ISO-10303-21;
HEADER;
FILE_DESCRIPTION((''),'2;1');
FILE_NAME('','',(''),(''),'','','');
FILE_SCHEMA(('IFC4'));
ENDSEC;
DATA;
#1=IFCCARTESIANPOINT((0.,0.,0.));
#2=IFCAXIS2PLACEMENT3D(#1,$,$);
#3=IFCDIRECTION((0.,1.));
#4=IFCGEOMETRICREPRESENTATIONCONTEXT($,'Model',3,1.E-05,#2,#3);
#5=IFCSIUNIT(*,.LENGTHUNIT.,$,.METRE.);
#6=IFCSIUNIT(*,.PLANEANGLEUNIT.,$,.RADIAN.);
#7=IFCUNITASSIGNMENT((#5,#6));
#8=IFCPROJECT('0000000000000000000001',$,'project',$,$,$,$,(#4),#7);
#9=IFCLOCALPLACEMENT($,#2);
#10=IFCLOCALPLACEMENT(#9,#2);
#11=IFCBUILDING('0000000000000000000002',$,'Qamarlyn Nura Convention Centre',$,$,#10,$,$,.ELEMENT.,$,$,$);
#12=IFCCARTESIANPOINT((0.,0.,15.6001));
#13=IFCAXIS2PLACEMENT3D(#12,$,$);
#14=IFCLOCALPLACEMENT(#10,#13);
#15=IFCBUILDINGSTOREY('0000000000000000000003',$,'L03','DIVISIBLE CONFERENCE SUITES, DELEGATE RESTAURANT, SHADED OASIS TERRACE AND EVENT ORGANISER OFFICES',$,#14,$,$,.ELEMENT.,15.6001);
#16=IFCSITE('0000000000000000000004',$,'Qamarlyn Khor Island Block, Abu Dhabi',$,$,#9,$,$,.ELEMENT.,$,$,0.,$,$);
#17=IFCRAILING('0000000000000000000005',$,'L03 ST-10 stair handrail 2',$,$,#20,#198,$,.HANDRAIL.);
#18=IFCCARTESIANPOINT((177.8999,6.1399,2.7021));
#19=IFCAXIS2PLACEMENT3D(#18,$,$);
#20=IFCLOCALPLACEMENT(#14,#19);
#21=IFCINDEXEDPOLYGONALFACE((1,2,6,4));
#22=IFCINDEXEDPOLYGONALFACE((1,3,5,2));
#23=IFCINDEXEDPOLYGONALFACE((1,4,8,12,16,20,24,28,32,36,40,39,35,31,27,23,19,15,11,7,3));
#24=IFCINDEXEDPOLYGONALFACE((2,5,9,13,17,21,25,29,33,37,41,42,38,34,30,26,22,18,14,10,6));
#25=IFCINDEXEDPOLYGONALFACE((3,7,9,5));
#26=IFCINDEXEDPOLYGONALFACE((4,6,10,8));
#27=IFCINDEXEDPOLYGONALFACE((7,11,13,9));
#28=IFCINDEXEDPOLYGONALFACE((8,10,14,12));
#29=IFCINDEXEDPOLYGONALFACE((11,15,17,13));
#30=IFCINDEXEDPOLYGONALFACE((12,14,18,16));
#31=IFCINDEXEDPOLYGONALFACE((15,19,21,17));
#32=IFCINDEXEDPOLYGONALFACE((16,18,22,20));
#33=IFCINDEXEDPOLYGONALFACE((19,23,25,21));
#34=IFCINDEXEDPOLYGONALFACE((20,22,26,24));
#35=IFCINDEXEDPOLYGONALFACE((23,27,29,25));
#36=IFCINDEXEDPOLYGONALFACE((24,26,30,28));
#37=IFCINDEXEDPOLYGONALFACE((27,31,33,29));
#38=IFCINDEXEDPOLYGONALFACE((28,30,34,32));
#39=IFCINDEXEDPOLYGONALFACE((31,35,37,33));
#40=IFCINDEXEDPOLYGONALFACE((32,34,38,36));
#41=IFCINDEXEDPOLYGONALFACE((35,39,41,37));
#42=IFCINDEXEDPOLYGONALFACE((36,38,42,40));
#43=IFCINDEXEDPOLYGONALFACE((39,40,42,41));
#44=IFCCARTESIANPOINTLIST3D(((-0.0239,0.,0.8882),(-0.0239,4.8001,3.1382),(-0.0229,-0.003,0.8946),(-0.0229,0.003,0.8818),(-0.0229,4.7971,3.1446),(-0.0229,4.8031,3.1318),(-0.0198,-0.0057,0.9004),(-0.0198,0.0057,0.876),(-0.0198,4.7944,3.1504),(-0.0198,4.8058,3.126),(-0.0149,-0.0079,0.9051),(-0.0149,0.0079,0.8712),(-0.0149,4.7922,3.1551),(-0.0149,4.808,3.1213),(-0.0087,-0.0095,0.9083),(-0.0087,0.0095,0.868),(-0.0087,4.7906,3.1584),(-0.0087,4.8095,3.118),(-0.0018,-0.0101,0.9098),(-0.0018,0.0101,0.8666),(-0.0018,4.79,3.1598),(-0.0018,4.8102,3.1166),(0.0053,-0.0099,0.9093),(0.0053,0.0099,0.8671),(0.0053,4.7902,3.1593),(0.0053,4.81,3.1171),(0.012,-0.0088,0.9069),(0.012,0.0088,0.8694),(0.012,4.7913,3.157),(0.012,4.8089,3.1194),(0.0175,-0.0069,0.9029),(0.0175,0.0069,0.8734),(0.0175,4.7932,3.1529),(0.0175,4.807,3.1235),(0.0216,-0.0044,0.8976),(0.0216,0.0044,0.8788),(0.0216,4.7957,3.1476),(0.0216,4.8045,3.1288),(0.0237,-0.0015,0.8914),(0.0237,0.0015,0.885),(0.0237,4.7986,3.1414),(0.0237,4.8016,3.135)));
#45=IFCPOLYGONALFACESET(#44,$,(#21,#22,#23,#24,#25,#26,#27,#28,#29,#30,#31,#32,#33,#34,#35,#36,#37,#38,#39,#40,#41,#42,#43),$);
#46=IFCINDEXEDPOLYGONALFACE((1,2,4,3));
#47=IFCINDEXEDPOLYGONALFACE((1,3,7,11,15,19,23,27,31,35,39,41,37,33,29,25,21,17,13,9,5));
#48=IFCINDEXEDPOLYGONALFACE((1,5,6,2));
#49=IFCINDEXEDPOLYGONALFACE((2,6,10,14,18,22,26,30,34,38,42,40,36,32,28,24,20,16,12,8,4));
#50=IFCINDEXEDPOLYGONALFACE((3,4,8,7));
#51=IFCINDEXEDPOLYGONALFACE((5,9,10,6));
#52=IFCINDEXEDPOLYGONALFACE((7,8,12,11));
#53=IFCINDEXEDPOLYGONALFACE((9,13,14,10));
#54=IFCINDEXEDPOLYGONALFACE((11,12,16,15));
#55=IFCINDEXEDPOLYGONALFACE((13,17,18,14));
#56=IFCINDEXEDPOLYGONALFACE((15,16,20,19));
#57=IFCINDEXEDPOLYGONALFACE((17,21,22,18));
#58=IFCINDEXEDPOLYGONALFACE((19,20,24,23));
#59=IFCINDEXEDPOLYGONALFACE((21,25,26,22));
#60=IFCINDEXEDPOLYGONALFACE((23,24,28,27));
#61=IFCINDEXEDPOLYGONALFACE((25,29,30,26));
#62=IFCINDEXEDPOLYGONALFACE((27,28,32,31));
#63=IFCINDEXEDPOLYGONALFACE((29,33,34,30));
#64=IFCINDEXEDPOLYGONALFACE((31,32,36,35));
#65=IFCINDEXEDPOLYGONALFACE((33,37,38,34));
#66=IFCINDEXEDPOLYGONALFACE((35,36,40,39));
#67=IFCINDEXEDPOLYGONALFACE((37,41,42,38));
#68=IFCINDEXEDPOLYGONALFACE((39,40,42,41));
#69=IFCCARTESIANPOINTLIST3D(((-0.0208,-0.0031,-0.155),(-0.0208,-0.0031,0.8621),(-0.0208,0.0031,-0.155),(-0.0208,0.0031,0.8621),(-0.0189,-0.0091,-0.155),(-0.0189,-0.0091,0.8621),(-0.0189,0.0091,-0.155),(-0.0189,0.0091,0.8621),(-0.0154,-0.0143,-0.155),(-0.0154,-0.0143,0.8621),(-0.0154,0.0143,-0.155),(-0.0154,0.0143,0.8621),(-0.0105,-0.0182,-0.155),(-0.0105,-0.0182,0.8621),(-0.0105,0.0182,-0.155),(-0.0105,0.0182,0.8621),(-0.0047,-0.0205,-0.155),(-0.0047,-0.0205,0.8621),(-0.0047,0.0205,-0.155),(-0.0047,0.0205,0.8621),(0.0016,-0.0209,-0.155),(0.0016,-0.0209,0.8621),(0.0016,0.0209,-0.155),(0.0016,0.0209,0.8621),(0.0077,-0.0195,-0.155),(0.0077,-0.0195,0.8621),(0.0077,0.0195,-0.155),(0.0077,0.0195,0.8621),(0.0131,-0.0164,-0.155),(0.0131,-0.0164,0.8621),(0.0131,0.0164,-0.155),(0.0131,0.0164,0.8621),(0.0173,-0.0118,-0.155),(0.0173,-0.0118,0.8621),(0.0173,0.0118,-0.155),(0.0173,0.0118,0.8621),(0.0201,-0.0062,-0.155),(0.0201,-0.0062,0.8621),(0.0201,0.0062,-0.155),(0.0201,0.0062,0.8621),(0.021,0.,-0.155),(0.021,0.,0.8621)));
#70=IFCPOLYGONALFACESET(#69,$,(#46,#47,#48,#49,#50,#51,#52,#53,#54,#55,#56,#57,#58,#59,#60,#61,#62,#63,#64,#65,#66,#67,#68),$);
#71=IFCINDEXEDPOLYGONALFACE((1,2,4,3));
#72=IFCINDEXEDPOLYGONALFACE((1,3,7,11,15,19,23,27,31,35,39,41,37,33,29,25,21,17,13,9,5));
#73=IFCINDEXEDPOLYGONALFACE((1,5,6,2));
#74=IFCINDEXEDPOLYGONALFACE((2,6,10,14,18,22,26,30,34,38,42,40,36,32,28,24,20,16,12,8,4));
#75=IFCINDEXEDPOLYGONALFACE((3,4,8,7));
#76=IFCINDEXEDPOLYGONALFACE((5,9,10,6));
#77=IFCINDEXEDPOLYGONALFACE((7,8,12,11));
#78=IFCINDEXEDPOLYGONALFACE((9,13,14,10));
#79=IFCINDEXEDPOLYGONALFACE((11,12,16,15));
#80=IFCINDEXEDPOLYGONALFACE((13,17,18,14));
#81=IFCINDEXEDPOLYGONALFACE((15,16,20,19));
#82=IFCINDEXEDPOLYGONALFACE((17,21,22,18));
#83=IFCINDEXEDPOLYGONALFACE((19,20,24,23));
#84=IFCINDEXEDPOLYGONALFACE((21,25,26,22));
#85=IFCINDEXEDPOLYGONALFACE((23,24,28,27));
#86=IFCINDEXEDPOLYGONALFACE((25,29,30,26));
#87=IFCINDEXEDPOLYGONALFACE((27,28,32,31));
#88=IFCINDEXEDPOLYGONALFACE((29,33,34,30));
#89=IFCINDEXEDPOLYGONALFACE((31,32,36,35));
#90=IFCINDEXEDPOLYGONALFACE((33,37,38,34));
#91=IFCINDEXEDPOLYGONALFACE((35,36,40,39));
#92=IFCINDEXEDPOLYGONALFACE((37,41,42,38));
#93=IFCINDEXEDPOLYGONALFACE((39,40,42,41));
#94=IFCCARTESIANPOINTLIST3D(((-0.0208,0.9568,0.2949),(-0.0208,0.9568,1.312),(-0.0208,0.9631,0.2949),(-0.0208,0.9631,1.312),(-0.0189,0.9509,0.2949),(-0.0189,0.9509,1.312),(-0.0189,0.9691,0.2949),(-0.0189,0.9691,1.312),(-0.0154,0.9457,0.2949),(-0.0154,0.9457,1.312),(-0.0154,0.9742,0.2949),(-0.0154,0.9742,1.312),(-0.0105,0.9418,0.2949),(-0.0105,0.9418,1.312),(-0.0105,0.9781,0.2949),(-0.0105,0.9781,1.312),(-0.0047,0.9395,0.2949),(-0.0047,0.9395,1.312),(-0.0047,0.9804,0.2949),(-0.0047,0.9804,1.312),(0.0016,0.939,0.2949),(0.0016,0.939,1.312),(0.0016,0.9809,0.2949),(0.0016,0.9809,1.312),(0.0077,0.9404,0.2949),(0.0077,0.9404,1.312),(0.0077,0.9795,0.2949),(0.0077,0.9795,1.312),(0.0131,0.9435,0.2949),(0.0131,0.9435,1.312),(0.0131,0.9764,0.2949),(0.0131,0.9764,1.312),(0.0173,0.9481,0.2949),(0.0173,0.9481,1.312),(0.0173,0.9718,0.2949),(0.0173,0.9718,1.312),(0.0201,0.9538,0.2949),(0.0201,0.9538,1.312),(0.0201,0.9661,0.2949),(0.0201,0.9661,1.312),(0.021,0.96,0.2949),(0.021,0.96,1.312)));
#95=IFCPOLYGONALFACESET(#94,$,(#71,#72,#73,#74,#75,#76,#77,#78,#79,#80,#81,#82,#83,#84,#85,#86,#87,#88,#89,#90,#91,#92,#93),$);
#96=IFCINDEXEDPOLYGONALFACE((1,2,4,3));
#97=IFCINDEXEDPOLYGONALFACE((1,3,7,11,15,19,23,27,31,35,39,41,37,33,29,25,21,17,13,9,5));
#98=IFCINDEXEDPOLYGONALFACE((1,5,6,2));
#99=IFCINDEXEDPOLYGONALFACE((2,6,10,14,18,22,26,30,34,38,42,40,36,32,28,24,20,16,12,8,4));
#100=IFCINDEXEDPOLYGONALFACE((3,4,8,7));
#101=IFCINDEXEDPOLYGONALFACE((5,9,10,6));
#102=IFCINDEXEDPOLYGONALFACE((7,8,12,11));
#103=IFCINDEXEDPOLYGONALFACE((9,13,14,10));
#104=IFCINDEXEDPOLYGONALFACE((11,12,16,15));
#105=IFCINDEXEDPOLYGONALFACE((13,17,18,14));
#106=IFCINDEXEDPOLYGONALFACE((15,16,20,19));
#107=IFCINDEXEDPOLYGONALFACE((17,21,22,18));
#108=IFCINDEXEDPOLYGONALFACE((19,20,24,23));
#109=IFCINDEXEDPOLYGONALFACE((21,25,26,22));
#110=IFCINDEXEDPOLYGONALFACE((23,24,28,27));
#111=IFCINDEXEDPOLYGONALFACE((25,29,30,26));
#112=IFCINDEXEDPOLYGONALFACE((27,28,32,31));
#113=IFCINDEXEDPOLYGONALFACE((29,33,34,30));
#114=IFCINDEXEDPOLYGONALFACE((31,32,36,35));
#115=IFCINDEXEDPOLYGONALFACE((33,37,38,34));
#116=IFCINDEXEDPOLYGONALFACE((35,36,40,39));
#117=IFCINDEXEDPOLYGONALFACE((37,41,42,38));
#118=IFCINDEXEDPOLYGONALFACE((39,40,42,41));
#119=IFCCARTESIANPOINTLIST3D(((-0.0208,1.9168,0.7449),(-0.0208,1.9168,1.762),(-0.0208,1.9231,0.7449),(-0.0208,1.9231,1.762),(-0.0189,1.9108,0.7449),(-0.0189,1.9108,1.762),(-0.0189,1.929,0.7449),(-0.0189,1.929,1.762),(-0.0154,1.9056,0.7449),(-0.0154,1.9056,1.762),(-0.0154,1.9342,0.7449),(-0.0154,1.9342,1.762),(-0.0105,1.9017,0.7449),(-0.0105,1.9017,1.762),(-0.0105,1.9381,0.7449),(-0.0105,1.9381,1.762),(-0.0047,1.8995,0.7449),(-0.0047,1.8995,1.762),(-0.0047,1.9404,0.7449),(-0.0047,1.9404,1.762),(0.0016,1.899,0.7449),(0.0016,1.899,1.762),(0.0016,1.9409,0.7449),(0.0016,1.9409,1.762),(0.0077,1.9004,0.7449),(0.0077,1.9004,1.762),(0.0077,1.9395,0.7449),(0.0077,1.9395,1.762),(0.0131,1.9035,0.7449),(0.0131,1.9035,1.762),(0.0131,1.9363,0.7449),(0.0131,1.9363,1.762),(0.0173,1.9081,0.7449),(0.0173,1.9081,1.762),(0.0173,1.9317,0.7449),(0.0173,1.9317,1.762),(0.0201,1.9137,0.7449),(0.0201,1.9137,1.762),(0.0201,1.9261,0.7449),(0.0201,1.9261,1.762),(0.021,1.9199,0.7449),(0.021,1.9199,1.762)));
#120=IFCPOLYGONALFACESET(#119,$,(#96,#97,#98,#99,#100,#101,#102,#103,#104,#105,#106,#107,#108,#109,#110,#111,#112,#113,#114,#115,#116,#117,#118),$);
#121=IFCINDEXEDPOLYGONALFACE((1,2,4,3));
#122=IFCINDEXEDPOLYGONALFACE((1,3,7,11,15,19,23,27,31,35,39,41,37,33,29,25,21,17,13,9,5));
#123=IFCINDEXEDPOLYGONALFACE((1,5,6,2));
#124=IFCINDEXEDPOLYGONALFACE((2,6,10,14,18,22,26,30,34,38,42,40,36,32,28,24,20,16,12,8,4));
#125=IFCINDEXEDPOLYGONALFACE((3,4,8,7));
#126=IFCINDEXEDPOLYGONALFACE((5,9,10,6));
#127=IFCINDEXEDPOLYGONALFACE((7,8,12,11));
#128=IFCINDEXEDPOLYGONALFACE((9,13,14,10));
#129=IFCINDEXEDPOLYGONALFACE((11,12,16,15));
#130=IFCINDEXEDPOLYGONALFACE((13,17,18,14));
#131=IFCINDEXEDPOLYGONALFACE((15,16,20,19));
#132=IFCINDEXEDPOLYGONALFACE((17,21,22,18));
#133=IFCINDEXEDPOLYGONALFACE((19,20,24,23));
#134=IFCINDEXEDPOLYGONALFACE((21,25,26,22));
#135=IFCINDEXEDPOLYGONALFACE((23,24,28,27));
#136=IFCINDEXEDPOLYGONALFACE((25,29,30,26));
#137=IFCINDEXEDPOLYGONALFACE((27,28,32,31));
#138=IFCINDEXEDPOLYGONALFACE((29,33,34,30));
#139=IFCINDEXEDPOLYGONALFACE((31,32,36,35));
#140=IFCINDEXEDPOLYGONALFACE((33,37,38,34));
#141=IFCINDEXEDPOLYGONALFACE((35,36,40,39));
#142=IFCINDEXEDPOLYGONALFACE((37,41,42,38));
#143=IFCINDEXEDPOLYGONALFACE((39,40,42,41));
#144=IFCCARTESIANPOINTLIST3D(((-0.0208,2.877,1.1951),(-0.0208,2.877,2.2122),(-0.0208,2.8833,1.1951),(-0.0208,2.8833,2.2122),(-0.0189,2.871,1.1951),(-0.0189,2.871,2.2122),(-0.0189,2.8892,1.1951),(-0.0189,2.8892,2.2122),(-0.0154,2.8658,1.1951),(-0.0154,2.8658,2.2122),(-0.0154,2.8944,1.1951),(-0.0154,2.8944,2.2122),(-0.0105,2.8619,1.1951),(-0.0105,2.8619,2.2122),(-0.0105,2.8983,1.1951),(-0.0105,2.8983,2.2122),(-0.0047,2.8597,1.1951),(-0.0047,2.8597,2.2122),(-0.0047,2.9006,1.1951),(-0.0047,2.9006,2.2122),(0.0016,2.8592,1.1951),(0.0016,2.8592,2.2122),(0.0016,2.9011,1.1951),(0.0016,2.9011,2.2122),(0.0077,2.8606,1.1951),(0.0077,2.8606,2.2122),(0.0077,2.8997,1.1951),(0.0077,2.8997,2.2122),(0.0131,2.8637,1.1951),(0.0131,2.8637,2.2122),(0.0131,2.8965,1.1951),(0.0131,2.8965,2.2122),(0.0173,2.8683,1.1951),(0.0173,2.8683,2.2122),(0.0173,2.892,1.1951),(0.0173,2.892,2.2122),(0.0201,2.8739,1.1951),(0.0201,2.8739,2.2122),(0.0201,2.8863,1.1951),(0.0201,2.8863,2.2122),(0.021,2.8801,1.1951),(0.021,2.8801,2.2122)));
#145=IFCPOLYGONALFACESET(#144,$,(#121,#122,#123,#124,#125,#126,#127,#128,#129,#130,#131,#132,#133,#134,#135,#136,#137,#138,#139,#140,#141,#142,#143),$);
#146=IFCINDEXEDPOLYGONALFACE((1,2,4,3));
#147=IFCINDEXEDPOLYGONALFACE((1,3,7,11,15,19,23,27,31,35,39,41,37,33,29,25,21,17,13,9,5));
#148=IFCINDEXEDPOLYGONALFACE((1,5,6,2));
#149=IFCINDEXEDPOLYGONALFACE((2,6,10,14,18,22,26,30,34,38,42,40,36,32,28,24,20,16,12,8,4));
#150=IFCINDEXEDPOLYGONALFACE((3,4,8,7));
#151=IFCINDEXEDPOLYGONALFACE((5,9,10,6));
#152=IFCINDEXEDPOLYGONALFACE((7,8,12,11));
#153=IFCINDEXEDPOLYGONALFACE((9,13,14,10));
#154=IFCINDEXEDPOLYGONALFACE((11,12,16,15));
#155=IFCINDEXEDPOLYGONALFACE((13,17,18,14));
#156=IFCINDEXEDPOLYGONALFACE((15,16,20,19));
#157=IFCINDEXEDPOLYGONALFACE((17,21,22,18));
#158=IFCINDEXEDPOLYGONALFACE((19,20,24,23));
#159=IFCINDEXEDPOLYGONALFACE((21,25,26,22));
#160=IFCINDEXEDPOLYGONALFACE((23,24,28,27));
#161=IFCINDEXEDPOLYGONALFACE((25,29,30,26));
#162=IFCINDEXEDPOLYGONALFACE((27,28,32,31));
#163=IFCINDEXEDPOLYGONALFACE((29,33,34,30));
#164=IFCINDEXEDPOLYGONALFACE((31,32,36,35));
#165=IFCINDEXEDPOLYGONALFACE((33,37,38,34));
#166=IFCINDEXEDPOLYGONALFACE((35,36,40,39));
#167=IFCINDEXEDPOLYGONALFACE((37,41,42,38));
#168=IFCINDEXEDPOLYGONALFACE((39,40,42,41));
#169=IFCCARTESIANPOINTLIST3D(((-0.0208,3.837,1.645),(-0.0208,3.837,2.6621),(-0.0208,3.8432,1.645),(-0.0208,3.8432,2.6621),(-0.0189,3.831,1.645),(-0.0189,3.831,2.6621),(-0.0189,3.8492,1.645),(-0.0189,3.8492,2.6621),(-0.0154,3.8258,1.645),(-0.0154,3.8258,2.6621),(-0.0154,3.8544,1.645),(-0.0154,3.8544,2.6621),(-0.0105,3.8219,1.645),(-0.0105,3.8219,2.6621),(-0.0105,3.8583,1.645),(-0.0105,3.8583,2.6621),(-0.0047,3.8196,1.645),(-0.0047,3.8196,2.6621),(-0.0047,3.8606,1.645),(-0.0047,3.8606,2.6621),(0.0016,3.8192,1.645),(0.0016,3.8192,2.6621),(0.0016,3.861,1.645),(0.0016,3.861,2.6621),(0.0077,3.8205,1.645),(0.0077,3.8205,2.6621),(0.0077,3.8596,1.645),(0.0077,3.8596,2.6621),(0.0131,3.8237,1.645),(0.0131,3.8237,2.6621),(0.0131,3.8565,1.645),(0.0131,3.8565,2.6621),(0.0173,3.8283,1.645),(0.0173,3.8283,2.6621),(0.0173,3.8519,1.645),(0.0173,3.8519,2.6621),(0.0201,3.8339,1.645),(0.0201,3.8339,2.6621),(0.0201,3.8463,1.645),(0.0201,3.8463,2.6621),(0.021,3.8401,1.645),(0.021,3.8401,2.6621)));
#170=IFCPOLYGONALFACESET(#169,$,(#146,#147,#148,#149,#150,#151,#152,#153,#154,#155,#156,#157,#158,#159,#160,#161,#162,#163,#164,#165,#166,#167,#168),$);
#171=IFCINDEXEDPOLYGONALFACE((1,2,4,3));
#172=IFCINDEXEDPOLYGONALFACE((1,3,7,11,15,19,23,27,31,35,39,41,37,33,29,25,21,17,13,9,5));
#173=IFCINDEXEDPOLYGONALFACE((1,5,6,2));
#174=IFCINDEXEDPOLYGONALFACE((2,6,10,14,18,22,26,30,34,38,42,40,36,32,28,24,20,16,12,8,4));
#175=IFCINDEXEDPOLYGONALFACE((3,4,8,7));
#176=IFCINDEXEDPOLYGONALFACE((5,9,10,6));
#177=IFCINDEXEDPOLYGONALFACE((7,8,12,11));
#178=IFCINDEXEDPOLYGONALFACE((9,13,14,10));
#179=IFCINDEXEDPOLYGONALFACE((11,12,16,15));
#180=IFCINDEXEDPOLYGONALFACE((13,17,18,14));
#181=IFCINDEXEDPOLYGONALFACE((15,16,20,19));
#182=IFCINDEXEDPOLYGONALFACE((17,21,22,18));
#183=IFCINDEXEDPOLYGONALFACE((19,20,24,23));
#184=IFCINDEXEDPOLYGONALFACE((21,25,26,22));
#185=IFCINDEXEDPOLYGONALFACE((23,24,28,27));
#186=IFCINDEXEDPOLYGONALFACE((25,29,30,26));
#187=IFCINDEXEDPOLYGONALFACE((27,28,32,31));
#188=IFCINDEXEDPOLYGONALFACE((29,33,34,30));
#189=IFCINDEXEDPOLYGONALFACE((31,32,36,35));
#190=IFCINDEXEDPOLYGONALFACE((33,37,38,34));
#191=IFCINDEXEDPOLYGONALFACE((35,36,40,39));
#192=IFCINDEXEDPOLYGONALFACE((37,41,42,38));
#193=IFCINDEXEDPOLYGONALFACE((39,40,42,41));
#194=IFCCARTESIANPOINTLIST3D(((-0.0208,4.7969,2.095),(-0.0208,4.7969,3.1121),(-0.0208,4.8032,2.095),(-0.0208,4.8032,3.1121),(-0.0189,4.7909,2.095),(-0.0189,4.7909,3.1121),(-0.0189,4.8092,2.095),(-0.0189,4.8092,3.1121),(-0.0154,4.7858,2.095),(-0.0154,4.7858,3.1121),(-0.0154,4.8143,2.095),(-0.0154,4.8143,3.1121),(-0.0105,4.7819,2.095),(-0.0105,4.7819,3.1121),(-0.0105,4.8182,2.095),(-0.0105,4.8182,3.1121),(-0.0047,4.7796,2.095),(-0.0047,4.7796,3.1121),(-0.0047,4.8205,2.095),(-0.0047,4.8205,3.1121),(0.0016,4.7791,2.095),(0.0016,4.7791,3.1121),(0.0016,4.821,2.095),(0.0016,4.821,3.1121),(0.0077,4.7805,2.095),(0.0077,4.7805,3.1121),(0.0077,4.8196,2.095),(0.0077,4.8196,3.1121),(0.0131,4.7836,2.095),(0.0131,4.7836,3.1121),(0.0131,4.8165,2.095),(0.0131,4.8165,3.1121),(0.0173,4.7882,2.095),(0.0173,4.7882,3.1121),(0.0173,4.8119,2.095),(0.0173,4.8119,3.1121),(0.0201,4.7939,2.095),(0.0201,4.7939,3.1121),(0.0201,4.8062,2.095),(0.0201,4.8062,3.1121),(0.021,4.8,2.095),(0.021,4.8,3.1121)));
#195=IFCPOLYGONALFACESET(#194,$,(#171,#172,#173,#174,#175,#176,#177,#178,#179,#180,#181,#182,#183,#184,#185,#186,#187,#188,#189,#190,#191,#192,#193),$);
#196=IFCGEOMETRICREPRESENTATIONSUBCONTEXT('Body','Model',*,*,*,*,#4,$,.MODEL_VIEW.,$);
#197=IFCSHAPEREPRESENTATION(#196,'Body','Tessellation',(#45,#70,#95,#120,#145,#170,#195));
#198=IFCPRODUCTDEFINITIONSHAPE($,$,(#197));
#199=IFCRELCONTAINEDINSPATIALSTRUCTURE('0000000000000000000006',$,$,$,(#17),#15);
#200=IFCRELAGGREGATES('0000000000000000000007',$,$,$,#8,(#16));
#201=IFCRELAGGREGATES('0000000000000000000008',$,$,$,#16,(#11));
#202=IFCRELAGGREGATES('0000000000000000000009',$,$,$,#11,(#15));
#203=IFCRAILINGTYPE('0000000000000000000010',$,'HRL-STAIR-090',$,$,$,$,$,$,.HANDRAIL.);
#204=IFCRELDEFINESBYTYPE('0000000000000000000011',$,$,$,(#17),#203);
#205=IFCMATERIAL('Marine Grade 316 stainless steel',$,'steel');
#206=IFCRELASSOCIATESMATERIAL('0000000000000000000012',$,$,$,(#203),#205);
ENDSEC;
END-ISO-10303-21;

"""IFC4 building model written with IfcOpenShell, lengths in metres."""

from ifc_helpers import new_model, si_unit, direction, frame, origin, origin_2d, place, context, subcontext, project, spatial, circle, extrude, material, type_object, element, save


model = new_model("IFC4")

# Units and contexts
model_context = context("Model", 3, precision=1e-05, world=origin(), true_north=direction((0.0, 1.0)))
body_context = subcontext(model_context, "Body", "Model", "MODEL_VIEW")
ifc_project = project(units=[si_unit("LENGTHUNIT", "METRE"), si_unit("PLANEANGLEUNIT", "RADIAN")], contexts=[model_context])

# Site, building, storey
site_placement = place(None, origin())
site = spatial("IfcSite", under=ifc_project, at=site_placement, Name="Qamarlyn Khor Island Block, Abu Dhabi", CompositionType="ELEMENT", RefElevation=0.0)
building_placement = place(site_placement, origin())
building = spatial("IfcBuilding", under=site, at=building_placement, Name="Qamarlyn Nura Convention Centre", CompositionType="ELEMENT")
storey_placement = place(building_placement, frame((0.0, 0.0, 15.6001)))
storey = spatial("IfcBuildingStorey", under=building, at=storey_placement, Name="L03", Description="DIVISIBLE CONFERENCE SUITES, DELEGATE RESTAURANT, SHADED OASIS TERRACE AND EVENT ORGANISER OFFICES", CompositionType="ELEMENT", Elevation=15.6001)

# Railing
ifc_material_1 = material(Name="Marine Grade 316 stainless steel", Category="steel")
railing_type = type_object("IfcRailingType", Name="HRL-STAIR-090", PredefinedType="HANDRAIL", material=ifc_material_1)
railing_placement = place(storey_placement, frame((177.8999, 6.1399, 2.7021)))
element("IfcRailing", 1, at=railing_placement, inside=storey, type_object=railing_type, Name="L03 ST-10 stair handrail 2", PredefinedType="HANDRAIL", context=body_context, shape_type="SweptSolid", body=[
    extrude(circle(Radius=0.0239, at=origin_2d()), frame((0.0, 0.0, 0.8882), z_axis=(0.0, 0.905461, 0.42443), x_axis=(-1.0, 0.0, 0.0)), (0.0, 0.0, 1.0), 5.3013),
    extrude(circle(Radius=0.021, at=origin_2d()), frame((0.0, 0.0, -0.155)), (0.0, 0.0, 1.0), 1.0171),
    extrude(circle(Radius=0.021, at=origin_2d()), frame((0.0, 0.96, 0.2949)), (0.0, 0.0, 1.0), 1.0171),
    extrude(circle(Radius=0.021, at=origin_2d()), frame((0.0, 1.9199, 0.7449)), (0.0, 0.0, 1.0), 1.0171),
    extrude(circle(Radius=0.021, at=origin_2d()), frame((0.0, 2.8801, 1.1951)), (0.0, 0.0, 1.0), 1.0171),
    extrude(circle(Radius=0.021, at=origin_2d()), frame((0.0, 3.8401, 1.645)), (0.0, 0.0, 1.0), 1.0171),
    extrude(circle(Radius=0.021, at=origin_2d()), frame((0.0, 4.8, 2.095)), (0.0, 0.0, 1.0), 1.0171),
])

save(model, "model.ifc")
